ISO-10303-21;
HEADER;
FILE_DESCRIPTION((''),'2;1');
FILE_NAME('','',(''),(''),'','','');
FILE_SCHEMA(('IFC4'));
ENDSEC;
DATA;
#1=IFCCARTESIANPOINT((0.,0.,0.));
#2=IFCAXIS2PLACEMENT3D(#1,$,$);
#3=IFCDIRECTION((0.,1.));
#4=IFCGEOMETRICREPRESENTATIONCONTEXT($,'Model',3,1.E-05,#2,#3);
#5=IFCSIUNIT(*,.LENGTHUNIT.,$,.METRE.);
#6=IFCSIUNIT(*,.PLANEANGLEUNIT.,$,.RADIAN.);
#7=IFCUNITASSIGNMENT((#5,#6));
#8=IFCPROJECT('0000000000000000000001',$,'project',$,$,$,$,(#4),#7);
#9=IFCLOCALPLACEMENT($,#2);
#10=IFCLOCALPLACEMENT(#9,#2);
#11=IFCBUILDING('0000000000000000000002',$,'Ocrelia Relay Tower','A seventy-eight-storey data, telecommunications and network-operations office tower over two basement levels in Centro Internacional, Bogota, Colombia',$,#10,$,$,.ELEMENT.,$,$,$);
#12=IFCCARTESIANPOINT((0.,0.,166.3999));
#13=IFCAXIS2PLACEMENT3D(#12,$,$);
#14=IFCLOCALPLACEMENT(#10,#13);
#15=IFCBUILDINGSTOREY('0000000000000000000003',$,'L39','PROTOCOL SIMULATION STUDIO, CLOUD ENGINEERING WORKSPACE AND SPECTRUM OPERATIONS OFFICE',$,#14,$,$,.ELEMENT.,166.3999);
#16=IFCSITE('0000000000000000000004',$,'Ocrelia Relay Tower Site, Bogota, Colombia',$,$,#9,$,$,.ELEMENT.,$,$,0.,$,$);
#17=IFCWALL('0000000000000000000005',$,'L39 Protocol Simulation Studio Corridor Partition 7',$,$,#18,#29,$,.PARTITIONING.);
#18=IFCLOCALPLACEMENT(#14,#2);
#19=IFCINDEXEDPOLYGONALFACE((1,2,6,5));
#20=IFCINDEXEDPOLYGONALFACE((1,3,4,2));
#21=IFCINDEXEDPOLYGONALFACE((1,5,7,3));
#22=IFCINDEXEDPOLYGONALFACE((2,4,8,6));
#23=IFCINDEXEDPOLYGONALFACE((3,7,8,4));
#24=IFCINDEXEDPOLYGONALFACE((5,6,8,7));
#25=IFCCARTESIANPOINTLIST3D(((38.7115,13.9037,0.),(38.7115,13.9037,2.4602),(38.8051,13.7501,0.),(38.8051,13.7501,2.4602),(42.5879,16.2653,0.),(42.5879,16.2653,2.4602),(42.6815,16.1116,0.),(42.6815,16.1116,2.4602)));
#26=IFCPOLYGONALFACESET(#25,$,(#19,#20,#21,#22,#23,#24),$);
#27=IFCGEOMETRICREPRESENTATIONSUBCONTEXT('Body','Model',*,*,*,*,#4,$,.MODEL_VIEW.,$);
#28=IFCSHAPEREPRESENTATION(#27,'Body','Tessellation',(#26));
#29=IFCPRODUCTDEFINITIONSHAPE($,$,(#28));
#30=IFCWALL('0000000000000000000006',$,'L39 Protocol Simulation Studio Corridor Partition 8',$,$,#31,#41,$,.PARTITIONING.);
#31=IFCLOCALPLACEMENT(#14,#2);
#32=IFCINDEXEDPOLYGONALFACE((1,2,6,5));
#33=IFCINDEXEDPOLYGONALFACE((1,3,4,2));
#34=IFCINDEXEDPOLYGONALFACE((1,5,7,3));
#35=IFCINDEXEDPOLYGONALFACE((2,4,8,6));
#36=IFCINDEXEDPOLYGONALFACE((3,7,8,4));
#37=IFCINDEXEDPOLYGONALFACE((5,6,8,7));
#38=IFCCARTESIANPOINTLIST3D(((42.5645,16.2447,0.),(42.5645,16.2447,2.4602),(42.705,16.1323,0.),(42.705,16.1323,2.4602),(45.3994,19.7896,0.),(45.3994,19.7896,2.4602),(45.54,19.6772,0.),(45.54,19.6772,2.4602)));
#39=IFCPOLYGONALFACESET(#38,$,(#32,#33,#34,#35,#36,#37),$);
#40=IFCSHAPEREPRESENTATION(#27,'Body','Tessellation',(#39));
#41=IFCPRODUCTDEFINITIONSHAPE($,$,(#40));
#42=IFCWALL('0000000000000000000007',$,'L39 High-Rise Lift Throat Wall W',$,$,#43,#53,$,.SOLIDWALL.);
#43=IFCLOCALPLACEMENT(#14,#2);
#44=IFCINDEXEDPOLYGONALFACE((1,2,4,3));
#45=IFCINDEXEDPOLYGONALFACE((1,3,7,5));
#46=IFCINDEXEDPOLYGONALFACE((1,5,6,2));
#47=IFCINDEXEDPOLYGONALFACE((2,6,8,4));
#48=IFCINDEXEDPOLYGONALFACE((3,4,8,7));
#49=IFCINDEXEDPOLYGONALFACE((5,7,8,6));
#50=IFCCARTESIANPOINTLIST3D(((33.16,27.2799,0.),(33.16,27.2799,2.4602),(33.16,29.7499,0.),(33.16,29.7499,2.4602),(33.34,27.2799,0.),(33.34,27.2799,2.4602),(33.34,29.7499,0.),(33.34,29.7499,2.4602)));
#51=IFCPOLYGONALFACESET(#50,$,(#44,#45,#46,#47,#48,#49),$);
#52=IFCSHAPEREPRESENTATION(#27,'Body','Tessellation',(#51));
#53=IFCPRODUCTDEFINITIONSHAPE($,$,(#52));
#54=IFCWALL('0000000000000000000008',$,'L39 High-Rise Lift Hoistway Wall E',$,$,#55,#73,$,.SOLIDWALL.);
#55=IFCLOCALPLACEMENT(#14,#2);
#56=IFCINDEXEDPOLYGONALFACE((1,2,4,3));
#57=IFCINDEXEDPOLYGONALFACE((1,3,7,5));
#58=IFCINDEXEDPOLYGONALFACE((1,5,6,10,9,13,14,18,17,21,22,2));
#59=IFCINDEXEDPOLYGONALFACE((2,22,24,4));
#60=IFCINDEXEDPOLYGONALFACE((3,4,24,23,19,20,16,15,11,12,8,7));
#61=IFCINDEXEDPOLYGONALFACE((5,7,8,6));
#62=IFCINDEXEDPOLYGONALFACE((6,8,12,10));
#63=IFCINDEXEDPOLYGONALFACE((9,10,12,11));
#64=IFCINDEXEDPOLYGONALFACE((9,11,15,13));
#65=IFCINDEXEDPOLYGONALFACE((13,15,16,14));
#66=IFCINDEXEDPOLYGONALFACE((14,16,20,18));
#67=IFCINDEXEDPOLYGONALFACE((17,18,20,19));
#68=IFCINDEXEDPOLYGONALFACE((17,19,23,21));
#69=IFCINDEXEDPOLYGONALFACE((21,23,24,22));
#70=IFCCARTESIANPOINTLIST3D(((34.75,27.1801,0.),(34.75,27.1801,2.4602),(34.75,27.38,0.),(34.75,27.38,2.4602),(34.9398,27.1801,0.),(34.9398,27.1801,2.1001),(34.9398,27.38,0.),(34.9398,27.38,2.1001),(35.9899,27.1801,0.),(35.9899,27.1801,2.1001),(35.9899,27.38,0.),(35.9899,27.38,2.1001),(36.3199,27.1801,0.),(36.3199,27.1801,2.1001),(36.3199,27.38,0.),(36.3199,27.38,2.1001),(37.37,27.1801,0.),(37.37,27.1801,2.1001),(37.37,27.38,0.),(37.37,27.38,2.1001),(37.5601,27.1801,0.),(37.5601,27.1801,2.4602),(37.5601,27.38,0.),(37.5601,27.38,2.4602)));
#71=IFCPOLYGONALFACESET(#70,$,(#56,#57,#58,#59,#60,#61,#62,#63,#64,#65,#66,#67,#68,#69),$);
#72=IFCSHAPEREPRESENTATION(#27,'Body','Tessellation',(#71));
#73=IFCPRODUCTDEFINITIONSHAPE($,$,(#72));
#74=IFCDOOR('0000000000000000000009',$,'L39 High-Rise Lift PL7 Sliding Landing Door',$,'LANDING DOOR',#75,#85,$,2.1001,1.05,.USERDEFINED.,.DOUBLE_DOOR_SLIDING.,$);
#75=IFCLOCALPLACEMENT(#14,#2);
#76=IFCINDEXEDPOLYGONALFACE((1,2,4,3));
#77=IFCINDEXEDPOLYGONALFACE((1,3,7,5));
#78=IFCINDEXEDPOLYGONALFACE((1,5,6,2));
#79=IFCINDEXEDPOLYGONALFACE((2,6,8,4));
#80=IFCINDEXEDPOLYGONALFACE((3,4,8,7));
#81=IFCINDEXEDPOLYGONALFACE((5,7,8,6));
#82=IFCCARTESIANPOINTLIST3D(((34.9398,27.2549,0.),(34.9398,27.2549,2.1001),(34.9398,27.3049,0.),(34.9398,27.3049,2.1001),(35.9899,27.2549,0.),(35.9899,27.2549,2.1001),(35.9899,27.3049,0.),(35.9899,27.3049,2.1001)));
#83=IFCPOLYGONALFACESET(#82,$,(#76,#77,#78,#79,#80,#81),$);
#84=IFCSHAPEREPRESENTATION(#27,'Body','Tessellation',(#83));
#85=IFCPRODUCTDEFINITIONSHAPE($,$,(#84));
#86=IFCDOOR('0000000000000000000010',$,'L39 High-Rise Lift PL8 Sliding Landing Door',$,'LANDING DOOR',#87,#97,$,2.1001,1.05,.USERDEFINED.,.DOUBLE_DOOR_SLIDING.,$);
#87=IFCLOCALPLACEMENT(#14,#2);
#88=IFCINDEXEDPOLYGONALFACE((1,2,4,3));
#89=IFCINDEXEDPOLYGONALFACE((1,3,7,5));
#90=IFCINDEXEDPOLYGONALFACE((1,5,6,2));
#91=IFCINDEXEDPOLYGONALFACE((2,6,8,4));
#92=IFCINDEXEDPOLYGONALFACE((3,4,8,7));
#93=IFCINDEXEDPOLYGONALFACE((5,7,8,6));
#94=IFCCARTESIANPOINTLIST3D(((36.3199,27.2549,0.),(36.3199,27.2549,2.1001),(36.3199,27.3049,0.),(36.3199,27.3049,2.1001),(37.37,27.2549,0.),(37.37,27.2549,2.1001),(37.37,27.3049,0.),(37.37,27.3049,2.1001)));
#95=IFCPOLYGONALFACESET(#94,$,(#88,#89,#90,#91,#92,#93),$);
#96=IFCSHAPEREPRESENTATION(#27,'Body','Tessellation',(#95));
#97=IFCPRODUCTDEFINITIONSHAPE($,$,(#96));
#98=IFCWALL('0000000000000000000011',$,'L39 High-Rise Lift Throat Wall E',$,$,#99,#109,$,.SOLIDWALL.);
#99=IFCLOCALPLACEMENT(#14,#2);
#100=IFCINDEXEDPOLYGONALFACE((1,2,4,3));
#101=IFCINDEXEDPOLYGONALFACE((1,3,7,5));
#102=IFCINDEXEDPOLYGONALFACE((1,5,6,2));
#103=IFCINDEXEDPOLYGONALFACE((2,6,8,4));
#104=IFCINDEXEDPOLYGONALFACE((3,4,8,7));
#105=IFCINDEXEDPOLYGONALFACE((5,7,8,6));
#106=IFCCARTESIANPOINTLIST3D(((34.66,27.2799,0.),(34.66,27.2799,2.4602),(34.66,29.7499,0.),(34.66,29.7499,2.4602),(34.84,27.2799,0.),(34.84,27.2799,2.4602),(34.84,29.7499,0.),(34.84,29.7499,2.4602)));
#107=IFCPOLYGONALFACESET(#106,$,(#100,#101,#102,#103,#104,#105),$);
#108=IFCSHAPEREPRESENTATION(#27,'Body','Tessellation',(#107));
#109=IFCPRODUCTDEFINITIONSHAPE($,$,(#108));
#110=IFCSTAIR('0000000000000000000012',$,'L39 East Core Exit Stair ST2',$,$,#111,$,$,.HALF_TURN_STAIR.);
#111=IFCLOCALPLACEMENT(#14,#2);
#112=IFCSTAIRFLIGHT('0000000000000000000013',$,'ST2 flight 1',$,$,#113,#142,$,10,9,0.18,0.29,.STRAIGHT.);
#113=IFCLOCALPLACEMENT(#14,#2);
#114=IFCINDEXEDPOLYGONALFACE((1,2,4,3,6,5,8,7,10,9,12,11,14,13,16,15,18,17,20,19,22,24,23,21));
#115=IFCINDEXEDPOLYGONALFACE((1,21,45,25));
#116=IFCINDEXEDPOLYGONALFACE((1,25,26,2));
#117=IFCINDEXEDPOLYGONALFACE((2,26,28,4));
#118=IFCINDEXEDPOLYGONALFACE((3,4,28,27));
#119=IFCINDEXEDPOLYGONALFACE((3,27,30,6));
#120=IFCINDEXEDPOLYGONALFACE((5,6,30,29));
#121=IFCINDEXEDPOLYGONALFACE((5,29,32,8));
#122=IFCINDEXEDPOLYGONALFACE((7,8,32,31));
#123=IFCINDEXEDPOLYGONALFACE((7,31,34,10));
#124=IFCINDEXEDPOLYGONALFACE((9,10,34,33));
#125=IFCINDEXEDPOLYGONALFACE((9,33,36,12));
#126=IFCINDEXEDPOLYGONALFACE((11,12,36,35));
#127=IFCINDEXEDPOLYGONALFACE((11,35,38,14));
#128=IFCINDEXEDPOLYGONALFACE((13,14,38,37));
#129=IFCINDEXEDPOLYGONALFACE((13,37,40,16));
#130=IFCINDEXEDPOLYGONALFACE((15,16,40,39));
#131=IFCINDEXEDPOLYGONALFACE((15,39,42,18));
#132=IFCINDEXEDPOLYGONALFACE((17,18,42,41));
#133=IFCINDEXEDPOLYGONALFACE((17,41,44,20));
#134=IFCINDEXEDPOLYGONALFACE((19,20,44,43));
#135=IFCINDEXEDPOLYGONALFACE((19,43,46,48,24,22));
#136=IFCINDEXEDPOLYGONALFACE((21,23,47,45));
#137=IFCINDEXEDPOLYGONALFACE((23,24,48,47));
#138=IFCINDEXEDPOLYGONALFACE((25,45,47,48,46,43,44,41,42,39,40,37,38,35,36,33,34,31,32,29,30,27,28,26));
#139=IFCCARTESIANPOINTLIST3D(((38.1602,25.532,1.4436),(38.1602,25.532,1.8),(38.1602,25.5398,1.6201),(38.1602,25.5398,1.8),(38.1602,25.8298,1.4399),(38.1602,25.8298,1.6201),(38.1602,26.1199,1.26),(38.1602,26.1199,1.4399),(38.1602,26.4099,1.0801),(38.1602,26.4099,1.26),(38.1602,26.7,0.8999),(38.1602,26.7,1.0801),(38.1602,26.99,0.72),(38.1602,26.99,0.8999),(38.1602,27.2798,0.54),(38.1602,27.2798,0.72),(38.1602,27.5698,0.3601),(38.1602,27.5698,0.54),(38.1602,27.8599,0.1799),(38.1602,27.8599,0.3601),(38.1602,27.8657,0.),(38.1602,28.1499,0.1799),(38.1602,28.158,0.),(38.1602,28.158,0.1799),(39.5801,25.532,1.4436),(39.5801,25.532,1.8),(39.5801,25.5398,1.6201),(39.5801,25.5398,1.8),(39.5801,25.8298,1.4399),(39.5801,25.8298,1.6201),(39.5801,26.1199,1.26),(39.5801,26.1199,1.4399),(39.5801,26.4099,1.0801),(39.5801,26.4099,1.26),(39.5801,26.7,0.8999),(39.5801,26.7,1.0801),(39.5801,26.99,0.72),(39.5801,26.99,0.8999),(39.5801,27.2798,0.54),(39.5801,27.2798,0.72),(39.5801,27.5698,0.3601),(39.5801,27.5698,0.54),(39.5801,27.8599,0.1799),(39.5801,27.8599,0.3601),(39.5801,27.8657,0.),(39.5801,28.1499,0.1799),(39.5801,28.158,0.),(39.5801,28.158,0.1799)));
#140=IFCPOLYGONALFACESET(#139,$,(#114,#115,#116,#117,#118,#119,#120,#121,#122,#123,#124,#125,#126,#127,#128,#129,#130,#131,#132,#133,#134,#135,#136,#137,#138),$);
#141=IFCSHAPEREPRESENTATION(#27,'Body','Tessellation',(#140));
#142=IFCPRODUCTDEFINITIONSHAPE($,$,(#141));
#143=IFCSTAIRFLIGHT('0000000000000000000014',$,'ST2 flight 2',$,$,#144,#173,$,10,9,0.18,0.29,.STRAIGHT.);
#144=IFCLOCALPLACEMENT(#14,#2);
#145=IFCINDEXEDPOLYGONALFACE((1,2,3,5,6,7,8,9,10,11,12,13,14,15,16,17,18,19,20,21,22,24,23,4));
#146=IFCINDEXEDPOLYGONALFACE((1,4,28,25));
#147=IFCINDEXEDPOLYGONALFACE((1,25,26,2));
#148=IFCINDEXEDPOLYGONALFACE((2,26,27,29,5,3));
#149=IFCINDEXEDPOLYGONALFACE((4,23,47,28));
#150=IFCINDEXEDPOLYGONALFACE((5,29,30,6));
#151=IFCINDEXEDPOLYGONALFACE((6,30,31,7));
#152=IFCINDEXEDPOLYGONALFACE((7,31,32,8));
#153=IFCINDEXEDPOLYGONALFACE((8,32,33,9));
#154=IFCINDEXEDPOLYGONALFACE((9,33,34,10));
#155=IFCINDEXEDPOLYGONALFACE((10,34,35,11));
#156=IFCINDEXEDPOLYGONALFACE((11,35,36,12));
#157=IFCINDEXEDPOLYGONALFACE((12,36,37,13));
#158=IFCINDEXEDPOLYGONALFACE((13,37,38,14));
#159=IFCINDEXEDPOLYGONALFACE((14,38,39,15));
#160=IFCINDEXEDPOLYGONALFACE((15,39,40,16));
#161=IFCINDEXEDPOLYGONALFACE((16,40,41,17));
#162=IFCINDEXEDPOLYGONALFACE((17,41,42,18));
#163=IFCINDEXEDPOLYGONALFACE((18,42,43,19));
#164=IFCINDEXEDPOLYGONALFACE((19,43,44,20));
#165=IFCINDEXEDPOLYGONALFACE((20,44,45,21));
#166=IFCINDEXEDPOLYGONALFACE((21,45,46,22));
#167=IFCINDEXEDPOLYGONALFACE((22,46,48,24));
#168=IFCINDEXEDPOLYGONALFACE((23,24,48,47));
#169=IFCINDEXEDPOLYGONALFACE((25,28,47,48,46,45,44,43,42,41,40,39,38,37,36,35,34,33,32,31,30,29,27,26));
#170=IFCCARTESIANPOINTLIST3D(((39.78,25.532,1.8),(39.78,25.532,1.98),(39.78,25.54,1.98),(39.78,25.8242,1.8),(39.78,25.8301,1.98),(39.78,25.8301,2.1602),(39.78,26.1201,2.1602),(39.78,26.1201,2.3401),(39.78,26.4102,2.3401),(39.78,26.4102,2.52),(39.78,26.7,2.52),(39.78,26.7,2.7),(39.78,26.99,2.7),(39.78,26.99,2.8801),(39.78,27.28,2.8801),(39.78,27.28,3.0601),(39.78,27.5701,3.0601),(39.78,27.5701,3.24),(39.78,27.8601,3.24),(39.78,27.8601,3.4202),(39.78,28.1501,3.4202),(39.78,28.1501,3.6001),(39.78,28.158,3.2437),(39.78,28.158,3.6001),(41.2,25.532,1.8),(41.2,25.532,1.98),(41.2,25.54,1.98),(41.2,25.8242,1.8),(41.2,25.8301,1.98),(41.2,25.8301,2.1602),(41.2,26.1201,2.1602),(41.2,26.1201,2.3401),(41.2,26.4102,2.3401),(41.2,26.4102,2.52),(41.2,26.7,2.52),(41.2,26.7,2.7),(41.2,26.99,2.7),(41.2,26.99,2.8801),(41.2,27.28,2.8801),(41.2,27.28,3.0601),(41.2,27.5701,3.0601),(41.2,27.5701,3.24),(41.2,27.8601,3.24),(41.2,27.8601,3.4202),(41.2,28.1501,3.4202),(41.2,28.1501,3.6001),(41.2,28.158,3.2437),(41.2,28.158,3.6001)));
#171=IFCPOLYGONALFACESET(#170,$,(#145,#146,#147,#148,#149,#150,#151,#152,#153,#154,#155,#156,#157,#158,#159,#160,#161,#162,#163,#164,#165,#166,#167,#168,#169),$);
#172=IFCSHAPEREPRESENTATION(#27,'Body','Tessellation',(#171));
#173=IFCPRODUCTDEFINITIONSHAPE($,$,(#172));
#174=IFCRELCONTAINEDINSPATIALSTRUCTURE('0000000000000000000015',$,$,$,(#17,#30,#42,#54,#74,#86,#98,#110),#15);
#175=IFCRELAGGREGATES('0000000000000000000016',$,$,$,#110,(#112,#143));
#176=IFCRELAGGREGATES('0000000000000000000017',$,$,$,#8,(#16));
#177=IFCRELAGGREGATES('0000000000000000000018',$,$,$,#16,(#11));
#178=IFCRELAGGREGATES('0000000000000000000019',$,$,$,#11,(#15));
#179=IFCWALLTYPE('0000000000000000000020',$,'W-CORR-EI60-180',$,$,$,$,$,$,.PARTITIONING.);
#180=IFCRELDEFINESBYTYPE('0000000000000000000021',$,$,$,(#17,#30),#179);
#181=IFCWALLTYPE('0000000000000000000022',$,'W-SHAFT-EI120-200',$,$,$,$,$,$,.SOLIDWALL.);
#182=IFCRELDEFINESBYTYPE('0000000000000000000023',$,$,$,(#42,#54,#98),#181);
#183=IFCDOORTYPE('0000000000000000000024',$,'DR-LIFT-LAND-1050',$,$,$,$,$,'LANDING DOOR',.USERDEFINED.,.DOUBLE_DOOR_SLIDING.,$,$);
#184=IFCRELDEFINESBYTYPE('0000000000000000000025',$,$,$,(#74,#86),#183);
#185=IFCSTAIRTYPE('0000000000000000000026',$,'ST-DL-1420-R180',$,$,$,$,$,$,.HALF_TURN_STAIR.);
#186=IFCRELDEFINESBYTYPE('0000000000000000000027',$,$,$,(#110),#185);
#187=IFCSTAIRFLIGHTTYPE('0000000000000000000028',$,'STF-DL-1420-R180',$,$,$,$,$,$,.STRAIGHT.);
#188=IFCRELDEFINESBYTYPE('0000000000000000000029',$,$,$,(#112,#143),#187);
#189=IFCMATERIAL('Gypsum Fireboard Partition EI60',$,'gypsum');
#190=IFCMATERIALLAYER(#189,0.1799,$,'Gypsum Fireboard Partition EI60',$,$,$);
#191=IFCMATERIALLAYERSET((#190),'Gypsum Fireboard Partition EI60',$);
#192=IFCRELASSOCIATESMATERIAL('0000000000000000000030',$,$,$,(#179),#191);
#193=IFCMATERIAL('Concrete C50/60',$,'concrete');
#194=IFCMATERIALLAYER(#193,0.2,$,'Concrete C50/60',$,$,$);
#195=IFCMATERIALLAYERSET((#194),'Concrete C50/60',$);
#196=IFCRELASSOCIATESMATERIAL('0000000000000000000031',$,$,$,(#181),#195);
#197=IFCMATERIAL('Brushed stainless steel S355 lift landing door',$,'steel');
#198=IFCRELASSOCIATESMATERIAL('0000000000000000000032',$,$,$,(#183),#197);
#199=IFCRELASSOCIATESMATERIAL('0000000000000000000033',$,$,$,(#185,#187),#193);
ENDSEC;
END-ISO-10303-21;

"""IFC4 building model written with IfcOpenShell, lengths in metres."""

from ifc_helpers import new_model, si_unit, direction, frame, frame_2d, origin, place, context, subcontext, project, spatial, polyline, rectangle, outline, extrude, material, layer, layer_set, type_object, element, fill, aggregate, save


model = new_model("IFC4")

# Units and contexts
model_context = context("Model", 3, precision=1e-05, world=origin(), true_north=direction((0.0, 1.0)))
body_context = subcontext(model_context, "Body", "Model", "MODEL_VIEW")
ifc_project = project(units=[si_unit("LENGTHUNIT", "METRE"), si_unit("PLANEANGLEUNIT", "RADIAN")], contexts=[model_context])

# Site, building, storey
site_placement = place(None, origin())
site = spatial("IfcSite", under=ifc_project, at=site_placement, Name="Ocrelia Relay Tower Site, Bogota, Colombia", CompositionType="ELEMENT", RefElevation=0.0)
building_placement = place(site_placement, origin())
building = spatial("IfcBuilding", under=site, at=building_placement, Name="Ocrelia Relay Tower", Description="A seventy-eight-storey data, telecommunications and network-operations office tower over two basement levels in Centro Internacional, Bogota, Colombia", CompositionType="ELEMENT")
storey_placement = place(building_placement, frame((0.0, 0.0, 166.3999)))
storey = spatial("IfcBuildingStorey", under=building, at=storey_placement, Name="L39", Description="PROTOCOL SIMULATION STUDIO, CLOUD ENGINEERING WORKSPACE AND SPECTRUM OPERATIONS OFFICE", CompositionType="ELEMENT", Elevation=166.3999)

# Walls
ifc_material_1 = material(Name="Gypsum Fireboard Partition EI60", Category="gypsum")
ifc_layer_1 = layer(ifc_material_1, 0.1799, Name="Gypsum Fireboard Partition EI60")
ifc_layer_set_1 = layer_set([ifc_layer_1], Name="Gypsum Fireboard Partition EI60")
wall_type_1 = type_object("IfcWallType", Name="W-CORR-EI60-180", PredefinedType="PARTITIONING", material=ifc_layer_set_1)
for number, where, z_axis, x_axis, name in (
    (1, (38.7583, 13.8269, 0.0), (0.0, 0.0, 1.0), (0.854004, 0.520266, 0.0), "L39 Protocol Simulation Studio Corridor Partition 7"),
    (2, (42.6348, 16.1885, 0.0), (0.0, 0.0, 1.0), (0.624564, 0.780974, 0.0), "L39 Protocol Simulation Studio Corridor Partition 8"),
):
    element("IfcWall", number, at=place(storey_placement, frame(where, z_axis=z_axis, x_axis=x_axis)), inside=storey, type_object=wall_type_1, Name=name, PredefinedType="PARTITIONING", context=body_context, shape_type="SweptSolid", body=[
        extrude(rectangle(XDim=4.5391, YDim=0.1799, at=frame_2d((2.2695, 0.0))), origin(), (0.0, 0.0, 1.0), 2.4602),
    ])
ifc_material_2 = material(Name="Concrete C50/60", Category="concrete")
ifc_layer_2 = layer(ifc_material_2, 0.2, Name="Concrete C50/60")
ifc_layer_set_2 = layer_set([ifc_layer_2], Name="Concrete C50/60")
wall_type_2 = type_object("IfcWallType", Name="W-SHAFT-EI120-200", PredefinedType="SOLIDWALL", material=ifc_layer_set_2)
wall_1_placement = place(storey_placement, frame((33.25, 27.28, 0.0), z_axis=(0.0, 0.0, 1.0), x_axis=(0.0, 1.0, 0.0)))
element("IfcWall", 3, at=wall_1_placement, inside=storey, type_object=wall_type_2, Name="L39 High-Rise Lift Throat Wall W", PredefinedType="SOLIDWALL", context=body_context, shape_type="SweptSolid", body=[
    extrude(rectangle(XDim=2.47, YDim=0.1799, at=frame_2d((1.2349, 0.0))), origin(), (0.0, 0.0, 1.0), 2.4602),
])

# Wall, openings, doors
wall_2_placement = place(storey_placement, frame((34.75, 27.28, 0.0), z_axis=(0.0, 0.0, 1.0), x_axis=(1.0, 0.0, 0.0)))
wall_2 = element("IfcWall", 4, at=wall_2_placement, inside=storey, type_object=wall_type_2, Name="L39 High-Rise Lift Hoistway Wall E", PredefinedType="SOLIDWALL", context=body_context, shape_type="SweptSolid", body=[
    extrude(rectangle(XDim=2.8101, YDim=0.2, at=frame_2d((1.405, 0.0))), origin(), (0.0, 0.0, 1.0), 2.4602),
])
opening_1_placement = place(wall_2_placement, frame((0.1899, 0.0, 0.0)))
opening_1 = element("IfcOpeningElement", 5, at=opening_1_placement, cuts=wall_2, PredefinedType="OPENING", context=body_context, shape_type="SweptSolid", body=[
    extrude(rectangle(XDim=1.05, YDim=2.1001, at=frame_2d((0.5249, 1.05))), frame((0.0, 0.1099, 0.0), z_axis=(0.0, -1.0, 0.0), x_axis=(1.0, 0.0, 0.0)), (0.0, 0.0, 1.0), 0.22),
])
opening_2_placement = place(wall_2_placement, frame((1.5701, 0.0, 0.0)))
opening_2 = element("IfcOpeningElement", 6, at=opening_2_placement, cuts=wall_2, PredefinedType="OPENING", context=body_context, shape_type="SweptSolid", body=[
    extrude(rectangle(XDim=1.05, YDim=2.1001, at=frame_2d((0.5249, 1.05))), frame((0.0, 0.1099, 0.0), z_axis=(0.0, -1.0, 0.0), x_axis=(1.0, 0.0, 0.0)), (0.0, 0.0, 1.0), 0.22),
])
ifc_material_3 = material(Name="Brushed stainless steel S355 lift landing door", Category="steel")
door_type = type_object("IfcDoorType", Name="DR-LIFT-LAND-1050", ElementType="LANDING DOOR", OperationType="DOUBLE_DOOR_SLIDING", PredefinedType="USERDEFINED", material=ifc_material_3)
door_1_placement = place(opening_1_placement, origin())
door_1 = element("IfcDoor", 7, at=door_1_placement, inside=storey, type_object=door_type, Name="L39 High-Rise Lift PL7 Sliding Landing Door", ObjectType="LANDING DOOR", OperationType="DOUBLE_DOOR_SLIDING", OverallHeight=2.1001, OverallWidth=1.05, PredefinedType="USERDEFINED", context=body_context, shape_type="SweptSolid", body=[
    extrude(rectangle(XDim=1.05, YDim=2.1001, at=frame_2d((0.5249, 1.05))), frame((0.0, 0.0249, 0.0), z_axis=(0.0, -1.0, 0.0), x_axis=(1.0, 0.0, 0.0)), (0.0, 0.0, 1.0), 0.05),
])
fill(opening_1, door_1)
door_2_placement = place(opening_2_placement, origin())
door_2 = element("IfcDoor", 8, at=door_2_placement, inside=storey, type_object=door_type, Name="L39 High-Rise Lift PL8 Sliding Landing Door", ObjectType="LANDING DOOR", OperationType="DOUBLE_DOOR_SLIDING", OverallHeight=2.1001, OverallWidth=1.05, PredefinedType="USERDEFINED", context=body_context, shape_type="SweptSolid", body=[
    extrude(rectangle(XDim=1.05, YDim=2.1001, at=frame_2d((0.5249, 1.05))), frame((0.0, 0.0249, 0.0), z_axis=(0.0, -1.0, 0.0), x_axis=(1.0, 0.0, 0.0)), (0.0, 0.0, 1.0), 0.05),
])
fill(opening_2, door_2)

# Wall
wall_3_placement = place(storey_placement, frame((34.75, 27.28, 0.0), z_axis=(0.0, 0.0, 1.0), x_axis=(0.0, 1.0, 0.0)))
element("IfcWall", 9, at=wall_3_placement, inside=storey, type_object=wall_type_2, Name="L39 High-Rise Lift Throat Wall E", PredefinedType="SOLIDWALL", context=body_context, shape_type="SweptSolid", body=[
    extrude(rectangle(XDim=2.47, YDim=0.1799, at=frame_2d((1.2349, 0.0))), origin(), (0.0, 0.0, 1.0), 2.4602),
])

# Stair, stair flights
stair_type = type_object("IfcStairType", Name="ST-DL-1420-R180", PredefinedType="HALF_TURN_STAIR", material=ifc_material_2)
stair_placement = place(storey_placement, origin())
stair = element("IfcStair", 10, at=stair_placement, inside=storey, type_object=stair_type, Name="L39 East Core Exit Stair ST2", PredefinedType="HALF_TURN_STAIR")
stair_flight_type = type_object("IfcStairFlightType", Name="STF-DL-1420-R180", PredefinedType="STRAIGHT", material=ifc_material_2)
stair_flight_1_placement = place(storey_placement, frame((38.8701, 28.1499, 0.0), z_axis=(0.0, 0.0, 1.0), x_axis=(0.0, -1.0, 0.0)))
stair_flight_1 = element("IfcStairFlight", 11, at=stair_flight_1_placement, type_object=stair_flight_type, Name="ST2 flight 1", NumberOfRisers=10, NumberOfTreads=9, PredefinedType="STRAIGHT", RiserHeight=0.18, TreadLength=0.29, context=body_context, shape_type="SweptSolid", body=[
    extrude(outline(polyline([(-0.0081, 0.0), (-0.0081, 0.1799), (0.0, 0.1799), (0.29, 0.1799), (0.29, 0.3601), (0.5801, 0.3601), (0.5801, 0.54), (0.8701, 0.54), (0.8701, 0.72), (1.1599, 0.72), (1.1599, 0.8999), (1.45, 0.8999), (1.45, 1.0801), (1.74, 1.0801), (1.74, 1.26), (2.03, 1.26), (2.03, 1.4399), (2.3201, 1.4399), (2.3201, 1.6201), (2.6101, 1.6201), (2.6101, 1.8), (2.6179, 1.8), (2.6179, 1.4436), (0.2842, 0.0), (-0.0081, 0.0)])), frame((0.0, 0.71, 0.0), z_axis=(0.0, -1.0, 0.0), x_axis=(1.0, 0.0, 0.0)), (0.0, 0.0, 1.0), 1.4199),
])
stair_flight_2_placement = place(storey_placement, frame((40.49, 25.54, 1.8), z_axis=(0.0, 0.0, 1.0), x_axis=(0.0, 1.0, 0.0)))
stair_flight_2 = element("IfcStairFlight", 12, at=stair_flight_2_placement, type_object=stair_flight_type, Name="ST2 flight 2", NumberOfRisers=10, NumberOfTreads=9, PredefinedType="STRAIGHT", RiserHeight=0.18, TreadLength=0.29, context=body_context, shape_type="SweptSolid", body=[
    extrude(outline(polyline([(-0.0081, 0.0), (-0.0081, 0.1799), (0.0, 0.1799), (0.29, 0.1799), (0.29, 0.3601), (0.5801, 0.3601), (0.5801, 0.54), (0.8701, 0.54), (0.8701, 0.72), (1.1599, 0.72), (1.1599, 0.8999), (1.45, 0.8999), (1.45, 1.0801), (1.74, 1.0801), (1.74, 1.26), (2.03, 1.26), (2.03, 1.4399), (2.3201, 1.4399), (2.3201, 1.6201), (2.6101, 1.6201), (2.6101, 1.8), (2.6179, 1.8), (2.6179, 1.4436), (0.2842, 0.0), (-0.0081, 0.0)])), frame((0.0, 0.71, 0.0), z_axis=(0.0, -1.0, 0.0), x_axis=(1.0, 0.0, 0.0)), (0.0, 0.0, 1.0), 1.4199),
])
aggregate(stair, [stair_flight_1, stair_flight_2])

save(model, "model.ifc")
